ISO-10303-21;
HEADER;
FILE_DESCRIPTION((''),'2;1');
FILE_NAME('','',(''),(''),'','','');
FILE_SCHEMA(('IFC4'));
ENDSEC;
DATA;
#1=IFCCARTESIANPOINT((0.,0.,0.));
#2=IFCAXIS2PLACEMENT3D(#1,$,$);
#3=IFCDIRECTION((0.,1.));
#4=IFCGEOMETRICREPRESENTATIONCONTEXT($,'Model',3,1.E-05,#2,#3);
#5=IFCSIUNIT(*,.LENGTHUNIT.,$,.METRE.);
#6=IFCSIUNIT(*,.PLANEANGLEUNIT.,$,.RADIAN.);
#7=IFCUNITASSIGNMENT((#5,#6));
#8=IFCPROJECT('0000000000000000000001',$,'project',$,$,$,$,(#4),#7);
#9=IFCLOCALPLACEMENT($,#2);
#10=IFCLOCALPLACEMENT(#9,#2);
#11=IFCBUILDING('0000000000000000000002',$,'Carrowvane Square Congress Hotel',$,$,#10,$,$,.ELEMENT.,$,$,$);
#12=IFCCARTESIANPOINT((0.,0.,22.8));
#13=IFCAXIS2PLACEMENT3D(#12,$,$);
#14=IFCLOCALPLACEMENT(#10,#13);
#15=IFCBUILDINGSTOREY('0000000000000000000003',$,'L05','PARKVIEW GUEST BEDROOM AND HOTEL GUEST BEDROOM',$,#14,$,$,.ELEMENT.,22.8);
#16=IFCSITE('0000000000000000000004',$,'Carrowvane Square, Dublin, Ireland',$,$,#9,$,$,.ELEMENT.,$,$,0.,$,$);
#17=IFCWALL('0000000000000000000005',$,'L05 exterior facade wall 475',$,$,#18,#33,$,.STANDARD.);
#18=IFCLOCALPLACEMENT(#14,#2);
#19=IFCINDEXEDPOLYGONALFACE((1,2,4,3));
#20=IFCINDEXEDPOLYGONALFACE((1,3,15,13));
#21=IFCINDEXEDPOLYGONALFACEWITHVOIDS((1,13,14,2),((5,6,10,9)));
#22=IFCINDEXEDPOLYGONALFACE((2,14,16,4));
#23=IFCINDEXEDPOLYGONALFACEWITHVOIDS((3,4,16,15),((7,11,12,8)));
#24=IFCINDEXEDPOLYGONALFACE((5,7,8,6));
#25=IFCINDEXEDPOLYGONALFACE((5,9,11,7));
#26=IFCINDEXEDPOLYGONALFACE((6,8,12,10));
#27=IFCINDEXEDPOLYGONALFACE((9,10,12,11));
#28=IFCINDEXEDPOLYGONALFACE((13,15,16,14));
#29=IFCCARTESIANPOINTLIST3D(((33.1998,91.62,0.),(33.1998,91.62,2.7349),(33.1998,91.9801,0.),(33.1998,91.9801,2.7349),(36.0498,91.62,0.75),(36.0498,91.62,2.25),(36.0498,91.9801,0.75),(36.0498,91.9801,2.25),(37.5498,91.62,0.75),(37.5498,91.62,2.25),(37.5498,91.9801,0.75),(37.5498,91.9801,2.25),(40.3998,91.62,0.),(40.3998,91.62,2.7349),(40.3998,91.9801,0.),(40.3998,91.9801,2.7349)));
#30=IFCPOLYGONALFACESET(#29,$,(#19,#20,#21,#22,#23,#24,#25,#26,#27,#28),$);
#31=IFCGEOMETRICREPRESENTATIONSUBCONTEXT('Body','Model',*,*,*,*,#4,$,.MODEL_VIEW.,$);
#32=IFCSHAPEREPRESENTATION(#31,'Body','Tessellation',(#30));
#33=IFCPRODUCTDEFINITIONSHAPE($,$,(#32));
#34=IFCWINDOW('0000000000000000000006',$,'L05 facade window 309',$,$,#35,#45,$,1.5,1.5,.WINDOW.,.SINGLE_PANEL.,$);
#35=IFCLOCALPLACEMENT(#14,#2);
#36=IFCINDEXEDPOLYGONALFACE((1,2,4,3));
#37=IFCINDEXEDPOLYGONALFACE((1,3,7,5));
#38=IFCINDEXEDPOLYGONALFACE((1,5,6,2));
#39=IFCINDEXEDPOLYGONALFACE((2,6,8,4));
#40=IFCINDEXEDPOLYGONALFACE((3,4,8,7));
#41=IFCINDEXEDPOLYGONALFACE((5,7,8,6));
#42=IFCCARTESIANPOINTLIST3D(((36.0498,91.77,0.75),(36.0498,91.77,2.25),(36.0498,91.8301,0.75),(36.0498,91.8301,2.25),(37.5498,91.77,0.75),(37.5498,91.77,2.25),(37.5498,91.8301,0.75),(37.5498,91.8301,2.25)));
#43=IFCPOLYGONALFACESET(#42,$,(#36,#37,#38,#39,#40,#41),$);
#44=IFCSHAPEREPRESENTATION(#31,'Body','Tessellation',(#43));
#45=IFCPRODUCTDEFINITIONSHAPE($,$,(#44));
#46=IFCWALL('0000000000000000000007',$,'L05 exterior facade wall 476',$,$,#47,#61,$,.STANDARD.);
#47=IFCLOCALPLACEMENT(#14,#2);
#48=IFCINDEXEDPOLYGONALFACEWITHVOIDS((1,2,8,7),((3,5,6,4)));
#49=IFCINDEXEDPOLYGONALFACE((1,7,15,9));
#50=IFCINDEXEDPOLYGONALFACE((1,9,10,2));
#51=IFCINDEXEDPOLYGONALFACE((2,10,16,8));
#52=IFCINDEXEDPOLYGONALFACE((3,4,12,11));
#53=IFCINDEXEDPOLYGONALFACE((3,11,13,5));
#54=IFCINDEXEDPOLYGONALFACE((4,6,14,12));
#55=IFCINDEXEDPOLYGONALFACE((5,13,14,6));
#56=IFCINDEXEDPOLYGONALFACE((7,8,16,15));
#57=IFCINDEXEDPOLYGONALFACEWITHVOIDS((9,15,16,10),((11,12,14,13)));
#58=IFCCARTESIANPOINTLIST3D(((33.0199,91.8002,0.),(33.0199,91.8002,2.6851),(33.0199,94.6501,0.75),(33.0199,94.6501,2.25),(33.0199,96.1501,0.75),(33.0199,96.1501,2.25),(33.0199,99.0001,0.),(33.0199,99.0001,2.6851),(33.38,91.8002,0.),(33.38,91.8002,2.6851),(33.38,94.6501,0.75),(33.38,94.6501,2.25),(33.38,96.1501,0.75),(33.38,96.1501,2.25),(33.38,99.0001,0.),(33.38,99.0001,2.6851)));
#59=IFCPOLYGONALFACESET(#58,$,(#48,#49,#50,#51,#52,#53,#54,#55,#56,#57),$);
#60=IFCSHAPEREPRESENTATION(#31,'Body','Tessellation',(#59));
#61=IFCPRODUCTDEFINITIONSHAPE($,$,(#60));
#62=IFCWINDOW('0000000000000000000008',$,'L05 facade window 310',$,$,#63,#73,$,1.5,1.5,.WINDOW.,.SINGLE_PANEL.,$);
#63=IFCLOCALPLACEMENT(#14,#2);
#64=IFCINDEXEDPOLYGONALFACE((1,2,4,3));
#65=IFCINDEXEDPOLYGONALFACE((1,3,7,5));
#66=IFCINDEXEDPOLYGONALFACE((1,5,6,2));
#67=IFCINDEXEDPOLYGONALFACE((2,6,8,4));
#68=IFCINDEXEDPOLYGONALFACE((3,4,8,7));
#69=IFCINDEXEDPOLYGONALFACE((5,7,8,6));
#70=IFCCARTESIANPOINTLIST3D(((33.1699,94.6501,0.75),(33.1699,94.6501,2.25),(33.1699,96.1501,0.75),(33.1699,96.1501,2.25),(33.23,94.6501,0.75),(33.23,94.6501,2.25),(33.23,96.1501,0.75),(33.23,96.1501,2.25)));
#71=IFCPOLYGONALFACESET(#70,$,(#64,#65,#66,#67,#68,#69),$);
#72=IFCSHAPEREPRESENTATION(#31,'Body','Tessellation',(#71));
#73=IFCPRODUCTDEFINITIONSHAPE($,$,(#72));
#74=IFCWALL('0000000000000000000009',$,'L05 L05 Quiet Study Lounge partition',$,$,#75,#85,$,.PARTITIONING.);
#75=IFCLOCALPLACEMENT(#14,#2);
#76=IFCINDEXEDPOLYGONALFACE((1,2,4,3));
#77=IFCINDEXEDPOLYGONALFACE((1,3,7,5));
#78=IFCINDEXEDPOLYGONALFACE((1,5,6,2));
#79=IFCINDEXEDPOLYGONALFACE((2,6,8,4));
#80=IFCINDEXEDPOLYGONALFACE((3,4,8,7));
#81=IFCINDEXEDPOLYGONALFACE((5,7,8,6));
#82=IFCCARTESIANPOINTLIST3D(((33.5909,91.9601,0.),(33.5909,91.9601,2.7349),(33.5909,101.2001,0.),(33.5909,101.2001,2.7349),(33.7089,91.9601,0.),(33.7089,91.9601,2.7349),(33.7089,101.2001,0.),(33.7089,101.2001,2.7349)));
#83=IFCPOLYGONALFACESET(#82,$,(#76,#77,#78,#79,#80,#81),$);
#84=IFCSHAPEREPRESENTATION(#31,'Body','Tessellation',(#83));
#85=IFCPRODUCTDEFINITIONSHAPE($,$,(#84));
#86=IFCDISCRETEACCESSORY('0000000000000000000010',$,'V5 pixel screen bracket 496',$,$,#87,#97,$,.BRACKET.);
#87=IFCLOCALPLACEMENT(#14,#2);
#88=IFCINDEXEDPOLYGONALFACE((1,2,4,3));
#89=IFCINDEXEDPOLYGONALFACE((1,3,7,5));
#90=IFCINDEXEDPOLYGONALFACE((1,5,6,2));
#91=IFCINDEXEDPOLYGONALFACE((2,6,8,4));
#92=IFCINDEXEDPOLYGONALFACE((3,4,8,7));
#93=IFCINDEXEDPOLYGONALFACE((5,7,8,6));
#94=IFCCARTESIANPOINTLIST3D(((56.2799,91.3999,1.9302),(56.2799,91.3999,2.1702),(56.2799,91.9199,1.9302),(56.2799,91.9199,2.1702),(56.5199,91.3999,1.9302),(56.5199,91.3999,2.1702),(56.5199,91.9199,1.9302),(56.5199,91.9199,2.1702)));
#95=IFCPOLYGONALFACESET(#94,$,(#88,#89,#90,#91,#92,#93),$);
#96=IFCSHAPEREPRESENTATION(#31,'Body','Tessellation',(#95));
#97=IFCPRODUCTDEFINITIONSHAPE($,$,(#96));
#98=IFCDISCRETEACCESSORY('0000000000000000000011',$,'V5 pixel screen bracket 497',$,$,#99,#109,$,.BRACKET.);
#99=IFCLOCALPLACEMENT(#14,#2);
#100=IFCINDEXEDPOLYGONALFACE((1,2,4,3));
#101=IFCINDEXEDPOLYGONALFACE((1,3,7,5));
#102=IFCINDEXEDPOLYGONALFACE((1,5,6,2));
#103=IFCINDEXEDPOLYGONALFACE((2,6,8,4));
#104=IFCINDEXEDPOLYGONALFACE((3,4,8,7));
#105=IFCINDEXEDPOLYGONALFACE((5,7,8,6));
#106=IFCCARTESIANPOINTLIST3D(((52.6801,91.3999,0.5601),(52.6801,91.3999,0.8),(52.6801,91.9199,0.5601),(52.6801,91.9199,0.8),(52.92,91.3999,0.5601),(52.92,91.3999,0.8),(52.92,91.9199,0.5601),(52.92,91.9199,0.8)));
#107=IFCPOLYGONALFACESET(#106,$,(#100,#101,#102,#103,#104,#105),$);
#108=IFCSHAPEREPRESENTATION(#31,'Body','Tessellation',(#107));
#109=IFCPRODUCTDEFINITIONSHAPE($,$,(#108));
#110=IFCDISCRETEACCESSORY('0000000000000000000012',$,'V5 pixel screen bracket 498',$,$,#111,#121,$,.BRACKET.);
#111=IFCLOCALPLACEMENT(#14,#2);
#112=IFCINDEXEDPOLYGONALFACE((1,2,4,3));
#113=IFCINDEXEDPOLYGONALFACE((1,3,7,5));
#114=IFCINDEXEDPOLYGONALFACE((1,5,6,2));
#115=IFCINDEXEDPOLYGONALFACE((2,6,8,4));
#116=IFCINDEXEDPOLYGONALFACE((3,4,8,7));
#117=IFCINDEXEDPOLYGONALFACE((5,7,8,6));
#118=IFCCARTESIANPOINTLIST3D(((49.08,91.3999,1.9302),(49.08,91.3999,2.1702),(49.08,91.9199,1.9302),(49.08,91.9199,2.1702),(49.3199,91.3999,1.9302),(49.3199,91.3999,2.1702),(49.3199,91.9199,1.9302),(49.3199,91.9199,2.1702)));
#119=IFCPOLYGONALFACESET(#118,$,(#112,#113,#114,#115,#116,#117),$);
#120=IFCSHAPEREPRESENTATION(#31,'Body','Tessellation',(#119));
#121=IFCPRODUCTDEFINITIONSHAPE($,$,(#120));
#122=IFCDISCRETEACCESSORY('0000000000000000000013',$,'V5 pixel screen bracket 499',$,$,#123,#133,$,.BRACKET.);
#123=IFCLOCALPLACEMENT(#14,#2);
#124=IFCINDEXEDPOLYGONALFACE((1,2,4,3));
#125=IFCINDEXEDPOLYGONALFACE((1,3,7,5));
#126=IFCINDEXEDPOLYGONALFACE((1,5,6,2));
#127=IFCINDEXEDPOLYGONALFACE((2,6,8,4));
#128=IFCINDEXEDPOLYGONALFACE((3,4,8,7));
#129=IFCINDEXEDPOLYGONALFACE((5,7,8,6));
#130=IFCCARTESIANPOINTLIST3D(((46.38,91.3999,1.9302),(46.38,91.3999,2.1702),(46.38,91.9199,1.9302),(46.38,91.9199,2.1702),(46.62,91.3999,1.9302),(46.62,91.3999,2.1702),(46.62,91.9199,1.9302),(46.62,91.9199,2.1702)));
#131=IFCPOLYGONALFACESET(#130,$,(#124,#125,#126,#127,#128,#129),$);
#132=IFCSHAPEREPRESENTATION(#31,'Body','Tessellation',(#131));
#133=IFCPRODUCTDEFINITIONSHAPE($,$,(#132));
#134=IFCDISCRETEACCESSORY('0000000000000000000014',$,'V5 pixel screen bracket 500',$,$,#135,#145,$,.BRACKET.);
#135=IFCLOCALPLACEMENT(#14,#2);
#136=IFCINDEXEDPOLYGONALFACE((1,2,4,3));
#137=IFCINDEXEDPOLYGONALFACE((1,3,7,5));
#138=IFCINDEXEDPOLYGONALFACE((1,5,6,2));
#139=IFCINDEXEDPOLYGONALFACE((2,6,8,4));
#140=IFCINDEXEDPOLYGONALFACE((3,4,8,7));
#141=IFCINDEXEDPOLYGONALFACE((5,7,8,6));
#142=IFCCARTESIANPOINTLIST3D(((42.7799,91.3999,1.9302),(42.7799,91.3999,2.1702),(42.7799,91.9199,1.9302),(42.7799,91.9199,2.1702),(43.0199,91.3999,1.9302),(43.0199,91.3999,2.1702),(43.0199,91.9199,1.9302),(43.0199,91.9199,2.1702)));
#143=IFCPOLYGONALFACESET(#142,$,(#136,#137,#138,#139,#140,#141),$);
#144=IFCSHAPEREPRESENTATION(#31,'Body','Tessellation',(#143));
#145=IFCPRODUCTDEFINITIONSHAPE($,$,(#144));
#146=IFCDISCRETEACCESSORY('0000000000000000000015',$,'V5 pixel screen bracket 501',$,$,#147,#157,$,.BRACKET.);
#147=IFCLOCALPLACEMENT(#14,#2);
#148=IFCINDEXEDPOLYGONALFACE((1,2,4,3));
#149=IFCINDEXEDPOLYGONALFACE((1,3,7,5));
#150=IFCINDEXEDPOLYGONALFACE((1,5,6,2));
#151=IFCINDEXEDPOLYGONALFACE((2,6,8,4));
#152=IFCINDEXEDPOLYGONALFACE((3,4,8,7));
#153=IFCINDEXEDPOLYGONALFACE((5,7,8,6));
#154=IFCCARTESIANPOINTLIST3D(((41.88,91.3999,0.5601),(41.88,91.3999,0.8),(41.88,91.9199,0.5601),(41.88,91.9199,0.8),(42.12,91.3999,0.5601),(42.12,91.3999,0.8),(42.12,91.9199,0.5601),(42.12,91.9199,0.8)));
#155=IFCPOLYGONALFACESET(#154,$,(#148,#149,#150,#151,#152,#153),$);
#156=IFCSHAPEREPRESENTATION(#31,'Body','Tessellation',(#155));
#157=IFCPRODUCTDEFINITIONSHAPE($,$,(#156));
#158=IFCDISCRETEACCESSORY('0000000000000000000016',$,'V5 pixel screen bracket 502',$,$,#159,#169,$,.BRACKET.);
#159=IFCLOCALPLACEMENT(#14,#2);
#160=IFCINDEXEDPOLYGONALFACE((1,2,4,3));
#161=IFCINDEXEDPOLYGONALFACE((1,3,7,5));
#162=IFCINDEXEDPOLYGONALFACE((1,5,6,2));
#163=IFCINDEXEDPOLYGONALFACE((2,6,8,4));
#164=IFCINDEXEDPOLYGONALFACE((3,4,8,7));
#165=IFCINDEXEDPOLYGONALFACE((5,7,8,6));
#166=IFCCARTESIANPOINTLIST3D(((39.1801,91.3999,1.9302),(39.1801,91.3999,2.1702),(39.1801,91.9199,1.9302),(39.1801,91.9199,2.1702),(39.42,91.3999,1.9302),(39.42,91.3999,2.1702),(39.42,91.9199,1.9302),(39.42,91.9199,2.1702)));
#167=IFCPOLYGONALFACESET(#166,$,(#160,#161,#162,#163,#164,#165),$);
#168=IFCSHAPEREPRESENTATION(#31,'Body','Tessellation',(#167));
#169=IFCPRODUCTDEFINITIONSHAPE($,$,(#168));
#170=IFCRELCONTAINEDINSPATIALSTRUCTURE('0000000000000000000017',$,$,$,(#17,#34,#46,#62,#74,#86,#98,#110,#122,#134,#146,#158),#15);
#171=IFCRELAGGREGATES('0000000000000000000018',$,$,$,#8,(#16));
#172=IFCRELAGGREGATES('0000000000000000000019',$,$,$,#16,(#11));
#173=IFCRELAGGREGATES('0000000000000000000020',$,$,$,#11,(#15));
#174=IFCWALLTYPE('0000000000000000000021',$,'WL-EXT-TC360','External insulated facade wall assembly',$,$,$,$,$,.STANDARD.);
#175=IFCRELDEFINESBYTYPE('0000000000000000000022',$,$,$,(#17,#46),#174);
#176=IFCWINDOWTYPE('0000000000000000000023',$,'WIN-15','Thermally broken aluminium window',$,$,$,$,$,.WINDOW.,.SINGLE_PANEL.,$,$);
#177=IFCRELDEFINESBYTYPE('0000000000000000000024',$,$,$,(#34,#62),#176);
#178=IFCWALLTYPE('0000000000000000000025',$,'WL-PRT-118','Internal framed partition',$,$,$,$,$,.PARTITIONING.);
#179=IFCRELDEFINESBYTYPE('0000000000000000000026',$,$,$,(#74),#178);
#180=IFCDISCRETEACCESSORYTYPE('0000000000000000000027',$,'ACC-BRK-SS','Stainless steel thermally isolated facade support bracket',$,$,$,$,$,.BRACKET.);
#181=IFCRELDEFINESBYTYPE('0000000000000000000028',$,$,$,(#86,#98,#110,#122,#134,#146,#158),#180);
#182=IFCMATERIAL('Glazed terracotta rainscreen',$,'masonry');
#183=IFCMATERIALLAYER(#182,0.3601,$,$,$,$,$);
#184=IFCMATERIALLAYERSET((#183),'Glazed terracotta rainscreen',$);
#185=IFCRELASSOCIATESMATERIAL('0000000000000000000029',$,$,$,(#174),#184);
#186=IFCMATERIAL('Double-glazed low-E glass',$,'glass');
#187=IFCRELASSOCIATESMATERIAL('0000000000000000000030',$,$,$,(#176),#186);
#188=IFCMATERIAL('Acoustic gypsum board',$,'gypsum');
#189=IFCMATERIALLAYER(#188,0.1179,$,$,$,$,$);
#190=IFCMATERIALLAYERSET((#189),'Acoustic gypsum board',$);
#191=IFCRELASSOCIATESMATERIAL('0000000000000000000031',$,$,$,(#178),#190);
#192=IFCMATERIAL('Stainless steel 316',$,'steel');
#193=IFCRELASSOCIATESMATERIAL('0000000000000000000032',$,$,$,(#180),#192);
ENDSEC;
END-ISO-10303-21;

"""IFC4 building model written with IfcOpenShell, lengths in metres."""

from ifc_helpers import new_model, si_unit, direction, frame, frame_2d, origin, origin_2d, place, context, subcontext, project, spatial, rectangle, extrude, material, layer, layer_set, type_object, element, fill, save


model = new_model("IFC4")

# Units and contexts
model_context = context("Model", 3, precision=1e-05, world=origin(), true_north=direction((0.0, 1.0)))
body_context = subcontext(model_context, "Body", "Model", "MODEL_VIEW")
ifc_project = project(units=[si_unit("LENGTHUNIT", "METRE"), si_unit("PLANEANGLEUNIT", "RADIAN")], contexts=[model_context])

# Site, building, storey
site_placement = place(None, origin())
site = spatial("IfcSite", under=ifc_project, at=site_placement, Name="Carrowvane Square, Dublin, Ireland", CompositionType="ELEMENT", RefElevation=0.0)
building_placement = place(site_placement, origin())
building = spatial("IfcBuilding", under=site, at=building_placement, Name="Carrowvane Square Congress Hotel", CompositionType="ELEMENT")
storey_placement = place(building_placement, frame((0.0, 0.0, 22.8)))
storey = spatial("IfcBuildingStorey", under=building, at=storey_placement, Name="L05", Description="PARKVIEW GUEST BEDROOM AND HOTEL GUEST BEDROOM", CompositionType="ELEMENT", Elevation=22.8)

# Shared definitions
ifc_material_1 = material(Name="Glazed terracotta rainscreen", Category="masonry")
ifc_layer_1 = layer(ifc_material_1, 0.3601)
ifc_layer_set_1 = layer_set([ifc_layer_1], Name="Glazed terracotta rainscreen")
wall_type_1 = type_object("IfcWallType", Name="WL-EXT-TC360", Description="External insulated facade wall assembly", PredefinedType="STANDARD", material=ifc_layer_set_1)

# Walls, openings, windows
ifc_material_2 = material(Name="Double-glazed low-E glass", Category="glass")
window_type_1 = type_object("IfcWindowType", Name="WIN-15", Description="Thermally broken aluminium window", PartitioningType="SINGLE_PANEL", PredefinedType="WINDOW", material=ifc_material_2)
wall_1_placement = place(storey_placement, frame((40.3999, 91.8, 0.0), z_axis=(0.0, 0.0, 1.0), x_axis=(-1.0, 0.0, 0.0)))
wall_1 = element("IfcWall", 1, at=wall_1_placement, inside=storey, type_object=wall_type_1, Name="L05 exterior facade wall 475", PredefinedType="STANDARD", context=body_context, shape_type="SweptSolid", body=[
    extrude(rectangle(XDim=7.2, YDim=0.3601, at=frame_2d((3.6001, 0.0))), origin(), (0.0, 0.0, 1.0), 2.7349),
])
opening_1_placement = place(wall_1_placement, frame((2.8501, 0.0, 0.75)))
opening_1 = element("IfcOpeningElement", 2, at=opening_1_placement, cuts=wall_1, PredefinedType="OPENING", context=body_context, shape_type="SweptSolid", body=[
    extrude(rectangle(XDim=1.5, YDim=1.5, at=frame_2d((0.75, 0.75))), frame((0.0, 0.1899, 0.0), z_axis=(0.0, -1.0, 0.0), x_axis=(1.0, 0.0, 0.0)), (0.0, 0.0, 1.0), 0.3801),
])
window_1_placement = place(opening_1_placement, origin())
window_1 = element("IfcWindow", 3, at=window_1_placement, inside=storey, type_object=window_type_1, Name="L05 facade window 309", OverallHeight=1.5, OverallWidth=1.5, PartitioningType="SINGLE_PANEL", PredefinedType="WINDOW", context=body_context, shape_type="SweptSolid", body=[
    extrude(rectangle(XDim=1.5, YDim=1.5, at=frame_2d((0.75, 0.75))), frame((0.0, 0.03, 0.0), z_axis=(0.0, -1.0, 0.0), x_axis=(1.0, 0.0, 0.0)), (0.0, 0.0, 1.0), 0.0601),
])
fill(opening_1, window_1)
wall_2_placement = place(storey_placement, frame((33.2, 91.8, 0.0), z_axis=(0.0, 0.0, 1.0), x_axis=(0.0, 1.0, 0.0)))
wall_2 = element("IfcWall", 4, at=wall_2_placement, inside=storey, type_object=wall_type_1, Name="L05 exterior facade wall 476", PredefinedType="STANDARD", context=body_context, shape_type="SweptSolid", body=[
    extrude(rectangle(XDim=7.2, YDim=0.3601, at=frame_2d((3.6001, 0.0))), origin(), (0.0, 0.0, 1.0), 2.6851),
])
opening_2_placement = place(wall_2_placement, frame((2.8501, 0.0, 0.75)))
opening_2 = element("IfcOpeningElement", 5, at=opening_2_placement, cuts=wall_2, PredefinedType="OPENING", context=body_context, shape_type="SweptSolid", body=[
    extrude(rectangle(XDim=1.5, YDim=1.5, at=frame_2d((0.75, 0.75))), frame((0.0, 0.1899, 0.0), z_axis=(0.0, -1.0, 0.0), x_axis=(1.0, 0.0, 0.0)), (0.0, 0.0, 1.0), 0.3801),
])
window_2_placement = place(opening_2_placement, origin())
window_2 = element("IfcWindow", 6, at=window_2_placement, inside=storey, type_object=window_type_1, Name="L05 facade window 310", OverallHeight=1.5, OverallWidth=1.5, PartitioningType="SINGLE_PANEL", PredefinedType="WINDOW", context=body_context, shape_type="SweptSolid", body=[
    extrude(rectangle(XDim=1.5, YDim=1.5, at=frame_2d((0.75, 0.75))), frame((0.0, 0.03, 0.0), z_axis=(0.0, -1.0, 0.0), x_axis=(1.0, 0.0, 0.0)), (0.0, 0.0, 1.0), 0.0601),
])
fill(opening_2, window_2)

# Wall
ifc_material_3 = material(Name="Acoustic gypsum board", Category="gypsum")
ifc_layer_2 = layer(ifc_material_3, 0.1179)
ifc_layer_set_2 = layer_set([ifc_layer_2], Name="Acoustic gypsum board")
wall_type_2 = type_object("IfcWallType", Name="WL-PRT-118", Description="Internal framed partition", PredefinedType="PARTITIONING", material=ifc_layer_set_2)
wall_3_placement = place(storey_placement, frame((33.6499, 91.96, 0.0), z_axis=(0.0, 0.0, 1.0), x_axis=(0.0, 1.0, 0.0)))
element("IfcWall", 7, at=wall_3_placement, inside=storey, type_object=wall_type_2, Name="L05 L05 Quiet Study Lounge partition", PredefinedType="PARTITIONING", context=body_context, shape_type="SweptSolid", body=[
    extrude(rectangle(XDim=9.24, YDim=0.1179, at=frame_2d((4.6201, 0.0))), origin(), (0.0, 0.0, 1.0), 2.7349),
])

# Discrete accessories
ifc_material_4 = material(Name="Stainless steel 316", Category="steel")
discrete_accessory_type = type_object("IfcDiscreteAccessoryType", Name="ACC-BRK-SS", Description="Stainless steel thermally isolated facade support bracket", PredefinedType="BRACKET", material=ifc_material_4)
for number, where, z_axis, x_axis, name in (
    (8, (56.3999, 91.6599, 1.9302), (0.0, 0.0, 1.0), (-1.0, 0.0, 0.0), "V5 pixel screen bracket 496"),
    (9, (52.8, 91.6599, 0.5601), (0.0, 0.0, 1.0), (-1.0, 0.0, 0.0), "V5 pixel screen bracket 497"),
    (10, (49.2, 91.6599, 1.9302), (0.0, 0.0, 1.0), (-1.0, 0.0, 0.0), "V5 pixel screen bracket 498"),
    (11, (46.5, 91.6599, 1.9302), (0.0, 0.0, 1.0), (-1.0, 0.0, 0.0), "V5 pixel screen bracket 499"),
    (12, (42.8999, 91.6599, 1.9302), (0.0, 0.0, 1.0), (-1.0, 0.0, 0.0), "V5 pixel screen bracket 500"),
    (13, (42.0, 91.6599, 0.5601), (0.0, 0.0, 1.0), (-1.0, 0.0, 0.0), "V5 pixel screen bracket 501"),
    (14, (39.3, 91.6599, 1.9302), (0.0, 0.0, 1.0), (-1.0, 0.0, 0.0), "V5 pixel screen bracket 502"),
):
    element("IfcDiscreteAccessory", number, at=place(storey_placement, frame(where, z_axis=z_axis, x_axis=x_axis)), inside=storey, type_object=discrete_accessory_type, Name=name, PredefinedType="BRACKET", context=body_context, shape_type="SweptSolid", body=[
        extrude(rectangle(XDim=0.24, YDim=0.52, at=origin_2d()), origin(), (0.0, 0.0, 1.0), 0.24),
    ])

save(model, "model.ifc")
